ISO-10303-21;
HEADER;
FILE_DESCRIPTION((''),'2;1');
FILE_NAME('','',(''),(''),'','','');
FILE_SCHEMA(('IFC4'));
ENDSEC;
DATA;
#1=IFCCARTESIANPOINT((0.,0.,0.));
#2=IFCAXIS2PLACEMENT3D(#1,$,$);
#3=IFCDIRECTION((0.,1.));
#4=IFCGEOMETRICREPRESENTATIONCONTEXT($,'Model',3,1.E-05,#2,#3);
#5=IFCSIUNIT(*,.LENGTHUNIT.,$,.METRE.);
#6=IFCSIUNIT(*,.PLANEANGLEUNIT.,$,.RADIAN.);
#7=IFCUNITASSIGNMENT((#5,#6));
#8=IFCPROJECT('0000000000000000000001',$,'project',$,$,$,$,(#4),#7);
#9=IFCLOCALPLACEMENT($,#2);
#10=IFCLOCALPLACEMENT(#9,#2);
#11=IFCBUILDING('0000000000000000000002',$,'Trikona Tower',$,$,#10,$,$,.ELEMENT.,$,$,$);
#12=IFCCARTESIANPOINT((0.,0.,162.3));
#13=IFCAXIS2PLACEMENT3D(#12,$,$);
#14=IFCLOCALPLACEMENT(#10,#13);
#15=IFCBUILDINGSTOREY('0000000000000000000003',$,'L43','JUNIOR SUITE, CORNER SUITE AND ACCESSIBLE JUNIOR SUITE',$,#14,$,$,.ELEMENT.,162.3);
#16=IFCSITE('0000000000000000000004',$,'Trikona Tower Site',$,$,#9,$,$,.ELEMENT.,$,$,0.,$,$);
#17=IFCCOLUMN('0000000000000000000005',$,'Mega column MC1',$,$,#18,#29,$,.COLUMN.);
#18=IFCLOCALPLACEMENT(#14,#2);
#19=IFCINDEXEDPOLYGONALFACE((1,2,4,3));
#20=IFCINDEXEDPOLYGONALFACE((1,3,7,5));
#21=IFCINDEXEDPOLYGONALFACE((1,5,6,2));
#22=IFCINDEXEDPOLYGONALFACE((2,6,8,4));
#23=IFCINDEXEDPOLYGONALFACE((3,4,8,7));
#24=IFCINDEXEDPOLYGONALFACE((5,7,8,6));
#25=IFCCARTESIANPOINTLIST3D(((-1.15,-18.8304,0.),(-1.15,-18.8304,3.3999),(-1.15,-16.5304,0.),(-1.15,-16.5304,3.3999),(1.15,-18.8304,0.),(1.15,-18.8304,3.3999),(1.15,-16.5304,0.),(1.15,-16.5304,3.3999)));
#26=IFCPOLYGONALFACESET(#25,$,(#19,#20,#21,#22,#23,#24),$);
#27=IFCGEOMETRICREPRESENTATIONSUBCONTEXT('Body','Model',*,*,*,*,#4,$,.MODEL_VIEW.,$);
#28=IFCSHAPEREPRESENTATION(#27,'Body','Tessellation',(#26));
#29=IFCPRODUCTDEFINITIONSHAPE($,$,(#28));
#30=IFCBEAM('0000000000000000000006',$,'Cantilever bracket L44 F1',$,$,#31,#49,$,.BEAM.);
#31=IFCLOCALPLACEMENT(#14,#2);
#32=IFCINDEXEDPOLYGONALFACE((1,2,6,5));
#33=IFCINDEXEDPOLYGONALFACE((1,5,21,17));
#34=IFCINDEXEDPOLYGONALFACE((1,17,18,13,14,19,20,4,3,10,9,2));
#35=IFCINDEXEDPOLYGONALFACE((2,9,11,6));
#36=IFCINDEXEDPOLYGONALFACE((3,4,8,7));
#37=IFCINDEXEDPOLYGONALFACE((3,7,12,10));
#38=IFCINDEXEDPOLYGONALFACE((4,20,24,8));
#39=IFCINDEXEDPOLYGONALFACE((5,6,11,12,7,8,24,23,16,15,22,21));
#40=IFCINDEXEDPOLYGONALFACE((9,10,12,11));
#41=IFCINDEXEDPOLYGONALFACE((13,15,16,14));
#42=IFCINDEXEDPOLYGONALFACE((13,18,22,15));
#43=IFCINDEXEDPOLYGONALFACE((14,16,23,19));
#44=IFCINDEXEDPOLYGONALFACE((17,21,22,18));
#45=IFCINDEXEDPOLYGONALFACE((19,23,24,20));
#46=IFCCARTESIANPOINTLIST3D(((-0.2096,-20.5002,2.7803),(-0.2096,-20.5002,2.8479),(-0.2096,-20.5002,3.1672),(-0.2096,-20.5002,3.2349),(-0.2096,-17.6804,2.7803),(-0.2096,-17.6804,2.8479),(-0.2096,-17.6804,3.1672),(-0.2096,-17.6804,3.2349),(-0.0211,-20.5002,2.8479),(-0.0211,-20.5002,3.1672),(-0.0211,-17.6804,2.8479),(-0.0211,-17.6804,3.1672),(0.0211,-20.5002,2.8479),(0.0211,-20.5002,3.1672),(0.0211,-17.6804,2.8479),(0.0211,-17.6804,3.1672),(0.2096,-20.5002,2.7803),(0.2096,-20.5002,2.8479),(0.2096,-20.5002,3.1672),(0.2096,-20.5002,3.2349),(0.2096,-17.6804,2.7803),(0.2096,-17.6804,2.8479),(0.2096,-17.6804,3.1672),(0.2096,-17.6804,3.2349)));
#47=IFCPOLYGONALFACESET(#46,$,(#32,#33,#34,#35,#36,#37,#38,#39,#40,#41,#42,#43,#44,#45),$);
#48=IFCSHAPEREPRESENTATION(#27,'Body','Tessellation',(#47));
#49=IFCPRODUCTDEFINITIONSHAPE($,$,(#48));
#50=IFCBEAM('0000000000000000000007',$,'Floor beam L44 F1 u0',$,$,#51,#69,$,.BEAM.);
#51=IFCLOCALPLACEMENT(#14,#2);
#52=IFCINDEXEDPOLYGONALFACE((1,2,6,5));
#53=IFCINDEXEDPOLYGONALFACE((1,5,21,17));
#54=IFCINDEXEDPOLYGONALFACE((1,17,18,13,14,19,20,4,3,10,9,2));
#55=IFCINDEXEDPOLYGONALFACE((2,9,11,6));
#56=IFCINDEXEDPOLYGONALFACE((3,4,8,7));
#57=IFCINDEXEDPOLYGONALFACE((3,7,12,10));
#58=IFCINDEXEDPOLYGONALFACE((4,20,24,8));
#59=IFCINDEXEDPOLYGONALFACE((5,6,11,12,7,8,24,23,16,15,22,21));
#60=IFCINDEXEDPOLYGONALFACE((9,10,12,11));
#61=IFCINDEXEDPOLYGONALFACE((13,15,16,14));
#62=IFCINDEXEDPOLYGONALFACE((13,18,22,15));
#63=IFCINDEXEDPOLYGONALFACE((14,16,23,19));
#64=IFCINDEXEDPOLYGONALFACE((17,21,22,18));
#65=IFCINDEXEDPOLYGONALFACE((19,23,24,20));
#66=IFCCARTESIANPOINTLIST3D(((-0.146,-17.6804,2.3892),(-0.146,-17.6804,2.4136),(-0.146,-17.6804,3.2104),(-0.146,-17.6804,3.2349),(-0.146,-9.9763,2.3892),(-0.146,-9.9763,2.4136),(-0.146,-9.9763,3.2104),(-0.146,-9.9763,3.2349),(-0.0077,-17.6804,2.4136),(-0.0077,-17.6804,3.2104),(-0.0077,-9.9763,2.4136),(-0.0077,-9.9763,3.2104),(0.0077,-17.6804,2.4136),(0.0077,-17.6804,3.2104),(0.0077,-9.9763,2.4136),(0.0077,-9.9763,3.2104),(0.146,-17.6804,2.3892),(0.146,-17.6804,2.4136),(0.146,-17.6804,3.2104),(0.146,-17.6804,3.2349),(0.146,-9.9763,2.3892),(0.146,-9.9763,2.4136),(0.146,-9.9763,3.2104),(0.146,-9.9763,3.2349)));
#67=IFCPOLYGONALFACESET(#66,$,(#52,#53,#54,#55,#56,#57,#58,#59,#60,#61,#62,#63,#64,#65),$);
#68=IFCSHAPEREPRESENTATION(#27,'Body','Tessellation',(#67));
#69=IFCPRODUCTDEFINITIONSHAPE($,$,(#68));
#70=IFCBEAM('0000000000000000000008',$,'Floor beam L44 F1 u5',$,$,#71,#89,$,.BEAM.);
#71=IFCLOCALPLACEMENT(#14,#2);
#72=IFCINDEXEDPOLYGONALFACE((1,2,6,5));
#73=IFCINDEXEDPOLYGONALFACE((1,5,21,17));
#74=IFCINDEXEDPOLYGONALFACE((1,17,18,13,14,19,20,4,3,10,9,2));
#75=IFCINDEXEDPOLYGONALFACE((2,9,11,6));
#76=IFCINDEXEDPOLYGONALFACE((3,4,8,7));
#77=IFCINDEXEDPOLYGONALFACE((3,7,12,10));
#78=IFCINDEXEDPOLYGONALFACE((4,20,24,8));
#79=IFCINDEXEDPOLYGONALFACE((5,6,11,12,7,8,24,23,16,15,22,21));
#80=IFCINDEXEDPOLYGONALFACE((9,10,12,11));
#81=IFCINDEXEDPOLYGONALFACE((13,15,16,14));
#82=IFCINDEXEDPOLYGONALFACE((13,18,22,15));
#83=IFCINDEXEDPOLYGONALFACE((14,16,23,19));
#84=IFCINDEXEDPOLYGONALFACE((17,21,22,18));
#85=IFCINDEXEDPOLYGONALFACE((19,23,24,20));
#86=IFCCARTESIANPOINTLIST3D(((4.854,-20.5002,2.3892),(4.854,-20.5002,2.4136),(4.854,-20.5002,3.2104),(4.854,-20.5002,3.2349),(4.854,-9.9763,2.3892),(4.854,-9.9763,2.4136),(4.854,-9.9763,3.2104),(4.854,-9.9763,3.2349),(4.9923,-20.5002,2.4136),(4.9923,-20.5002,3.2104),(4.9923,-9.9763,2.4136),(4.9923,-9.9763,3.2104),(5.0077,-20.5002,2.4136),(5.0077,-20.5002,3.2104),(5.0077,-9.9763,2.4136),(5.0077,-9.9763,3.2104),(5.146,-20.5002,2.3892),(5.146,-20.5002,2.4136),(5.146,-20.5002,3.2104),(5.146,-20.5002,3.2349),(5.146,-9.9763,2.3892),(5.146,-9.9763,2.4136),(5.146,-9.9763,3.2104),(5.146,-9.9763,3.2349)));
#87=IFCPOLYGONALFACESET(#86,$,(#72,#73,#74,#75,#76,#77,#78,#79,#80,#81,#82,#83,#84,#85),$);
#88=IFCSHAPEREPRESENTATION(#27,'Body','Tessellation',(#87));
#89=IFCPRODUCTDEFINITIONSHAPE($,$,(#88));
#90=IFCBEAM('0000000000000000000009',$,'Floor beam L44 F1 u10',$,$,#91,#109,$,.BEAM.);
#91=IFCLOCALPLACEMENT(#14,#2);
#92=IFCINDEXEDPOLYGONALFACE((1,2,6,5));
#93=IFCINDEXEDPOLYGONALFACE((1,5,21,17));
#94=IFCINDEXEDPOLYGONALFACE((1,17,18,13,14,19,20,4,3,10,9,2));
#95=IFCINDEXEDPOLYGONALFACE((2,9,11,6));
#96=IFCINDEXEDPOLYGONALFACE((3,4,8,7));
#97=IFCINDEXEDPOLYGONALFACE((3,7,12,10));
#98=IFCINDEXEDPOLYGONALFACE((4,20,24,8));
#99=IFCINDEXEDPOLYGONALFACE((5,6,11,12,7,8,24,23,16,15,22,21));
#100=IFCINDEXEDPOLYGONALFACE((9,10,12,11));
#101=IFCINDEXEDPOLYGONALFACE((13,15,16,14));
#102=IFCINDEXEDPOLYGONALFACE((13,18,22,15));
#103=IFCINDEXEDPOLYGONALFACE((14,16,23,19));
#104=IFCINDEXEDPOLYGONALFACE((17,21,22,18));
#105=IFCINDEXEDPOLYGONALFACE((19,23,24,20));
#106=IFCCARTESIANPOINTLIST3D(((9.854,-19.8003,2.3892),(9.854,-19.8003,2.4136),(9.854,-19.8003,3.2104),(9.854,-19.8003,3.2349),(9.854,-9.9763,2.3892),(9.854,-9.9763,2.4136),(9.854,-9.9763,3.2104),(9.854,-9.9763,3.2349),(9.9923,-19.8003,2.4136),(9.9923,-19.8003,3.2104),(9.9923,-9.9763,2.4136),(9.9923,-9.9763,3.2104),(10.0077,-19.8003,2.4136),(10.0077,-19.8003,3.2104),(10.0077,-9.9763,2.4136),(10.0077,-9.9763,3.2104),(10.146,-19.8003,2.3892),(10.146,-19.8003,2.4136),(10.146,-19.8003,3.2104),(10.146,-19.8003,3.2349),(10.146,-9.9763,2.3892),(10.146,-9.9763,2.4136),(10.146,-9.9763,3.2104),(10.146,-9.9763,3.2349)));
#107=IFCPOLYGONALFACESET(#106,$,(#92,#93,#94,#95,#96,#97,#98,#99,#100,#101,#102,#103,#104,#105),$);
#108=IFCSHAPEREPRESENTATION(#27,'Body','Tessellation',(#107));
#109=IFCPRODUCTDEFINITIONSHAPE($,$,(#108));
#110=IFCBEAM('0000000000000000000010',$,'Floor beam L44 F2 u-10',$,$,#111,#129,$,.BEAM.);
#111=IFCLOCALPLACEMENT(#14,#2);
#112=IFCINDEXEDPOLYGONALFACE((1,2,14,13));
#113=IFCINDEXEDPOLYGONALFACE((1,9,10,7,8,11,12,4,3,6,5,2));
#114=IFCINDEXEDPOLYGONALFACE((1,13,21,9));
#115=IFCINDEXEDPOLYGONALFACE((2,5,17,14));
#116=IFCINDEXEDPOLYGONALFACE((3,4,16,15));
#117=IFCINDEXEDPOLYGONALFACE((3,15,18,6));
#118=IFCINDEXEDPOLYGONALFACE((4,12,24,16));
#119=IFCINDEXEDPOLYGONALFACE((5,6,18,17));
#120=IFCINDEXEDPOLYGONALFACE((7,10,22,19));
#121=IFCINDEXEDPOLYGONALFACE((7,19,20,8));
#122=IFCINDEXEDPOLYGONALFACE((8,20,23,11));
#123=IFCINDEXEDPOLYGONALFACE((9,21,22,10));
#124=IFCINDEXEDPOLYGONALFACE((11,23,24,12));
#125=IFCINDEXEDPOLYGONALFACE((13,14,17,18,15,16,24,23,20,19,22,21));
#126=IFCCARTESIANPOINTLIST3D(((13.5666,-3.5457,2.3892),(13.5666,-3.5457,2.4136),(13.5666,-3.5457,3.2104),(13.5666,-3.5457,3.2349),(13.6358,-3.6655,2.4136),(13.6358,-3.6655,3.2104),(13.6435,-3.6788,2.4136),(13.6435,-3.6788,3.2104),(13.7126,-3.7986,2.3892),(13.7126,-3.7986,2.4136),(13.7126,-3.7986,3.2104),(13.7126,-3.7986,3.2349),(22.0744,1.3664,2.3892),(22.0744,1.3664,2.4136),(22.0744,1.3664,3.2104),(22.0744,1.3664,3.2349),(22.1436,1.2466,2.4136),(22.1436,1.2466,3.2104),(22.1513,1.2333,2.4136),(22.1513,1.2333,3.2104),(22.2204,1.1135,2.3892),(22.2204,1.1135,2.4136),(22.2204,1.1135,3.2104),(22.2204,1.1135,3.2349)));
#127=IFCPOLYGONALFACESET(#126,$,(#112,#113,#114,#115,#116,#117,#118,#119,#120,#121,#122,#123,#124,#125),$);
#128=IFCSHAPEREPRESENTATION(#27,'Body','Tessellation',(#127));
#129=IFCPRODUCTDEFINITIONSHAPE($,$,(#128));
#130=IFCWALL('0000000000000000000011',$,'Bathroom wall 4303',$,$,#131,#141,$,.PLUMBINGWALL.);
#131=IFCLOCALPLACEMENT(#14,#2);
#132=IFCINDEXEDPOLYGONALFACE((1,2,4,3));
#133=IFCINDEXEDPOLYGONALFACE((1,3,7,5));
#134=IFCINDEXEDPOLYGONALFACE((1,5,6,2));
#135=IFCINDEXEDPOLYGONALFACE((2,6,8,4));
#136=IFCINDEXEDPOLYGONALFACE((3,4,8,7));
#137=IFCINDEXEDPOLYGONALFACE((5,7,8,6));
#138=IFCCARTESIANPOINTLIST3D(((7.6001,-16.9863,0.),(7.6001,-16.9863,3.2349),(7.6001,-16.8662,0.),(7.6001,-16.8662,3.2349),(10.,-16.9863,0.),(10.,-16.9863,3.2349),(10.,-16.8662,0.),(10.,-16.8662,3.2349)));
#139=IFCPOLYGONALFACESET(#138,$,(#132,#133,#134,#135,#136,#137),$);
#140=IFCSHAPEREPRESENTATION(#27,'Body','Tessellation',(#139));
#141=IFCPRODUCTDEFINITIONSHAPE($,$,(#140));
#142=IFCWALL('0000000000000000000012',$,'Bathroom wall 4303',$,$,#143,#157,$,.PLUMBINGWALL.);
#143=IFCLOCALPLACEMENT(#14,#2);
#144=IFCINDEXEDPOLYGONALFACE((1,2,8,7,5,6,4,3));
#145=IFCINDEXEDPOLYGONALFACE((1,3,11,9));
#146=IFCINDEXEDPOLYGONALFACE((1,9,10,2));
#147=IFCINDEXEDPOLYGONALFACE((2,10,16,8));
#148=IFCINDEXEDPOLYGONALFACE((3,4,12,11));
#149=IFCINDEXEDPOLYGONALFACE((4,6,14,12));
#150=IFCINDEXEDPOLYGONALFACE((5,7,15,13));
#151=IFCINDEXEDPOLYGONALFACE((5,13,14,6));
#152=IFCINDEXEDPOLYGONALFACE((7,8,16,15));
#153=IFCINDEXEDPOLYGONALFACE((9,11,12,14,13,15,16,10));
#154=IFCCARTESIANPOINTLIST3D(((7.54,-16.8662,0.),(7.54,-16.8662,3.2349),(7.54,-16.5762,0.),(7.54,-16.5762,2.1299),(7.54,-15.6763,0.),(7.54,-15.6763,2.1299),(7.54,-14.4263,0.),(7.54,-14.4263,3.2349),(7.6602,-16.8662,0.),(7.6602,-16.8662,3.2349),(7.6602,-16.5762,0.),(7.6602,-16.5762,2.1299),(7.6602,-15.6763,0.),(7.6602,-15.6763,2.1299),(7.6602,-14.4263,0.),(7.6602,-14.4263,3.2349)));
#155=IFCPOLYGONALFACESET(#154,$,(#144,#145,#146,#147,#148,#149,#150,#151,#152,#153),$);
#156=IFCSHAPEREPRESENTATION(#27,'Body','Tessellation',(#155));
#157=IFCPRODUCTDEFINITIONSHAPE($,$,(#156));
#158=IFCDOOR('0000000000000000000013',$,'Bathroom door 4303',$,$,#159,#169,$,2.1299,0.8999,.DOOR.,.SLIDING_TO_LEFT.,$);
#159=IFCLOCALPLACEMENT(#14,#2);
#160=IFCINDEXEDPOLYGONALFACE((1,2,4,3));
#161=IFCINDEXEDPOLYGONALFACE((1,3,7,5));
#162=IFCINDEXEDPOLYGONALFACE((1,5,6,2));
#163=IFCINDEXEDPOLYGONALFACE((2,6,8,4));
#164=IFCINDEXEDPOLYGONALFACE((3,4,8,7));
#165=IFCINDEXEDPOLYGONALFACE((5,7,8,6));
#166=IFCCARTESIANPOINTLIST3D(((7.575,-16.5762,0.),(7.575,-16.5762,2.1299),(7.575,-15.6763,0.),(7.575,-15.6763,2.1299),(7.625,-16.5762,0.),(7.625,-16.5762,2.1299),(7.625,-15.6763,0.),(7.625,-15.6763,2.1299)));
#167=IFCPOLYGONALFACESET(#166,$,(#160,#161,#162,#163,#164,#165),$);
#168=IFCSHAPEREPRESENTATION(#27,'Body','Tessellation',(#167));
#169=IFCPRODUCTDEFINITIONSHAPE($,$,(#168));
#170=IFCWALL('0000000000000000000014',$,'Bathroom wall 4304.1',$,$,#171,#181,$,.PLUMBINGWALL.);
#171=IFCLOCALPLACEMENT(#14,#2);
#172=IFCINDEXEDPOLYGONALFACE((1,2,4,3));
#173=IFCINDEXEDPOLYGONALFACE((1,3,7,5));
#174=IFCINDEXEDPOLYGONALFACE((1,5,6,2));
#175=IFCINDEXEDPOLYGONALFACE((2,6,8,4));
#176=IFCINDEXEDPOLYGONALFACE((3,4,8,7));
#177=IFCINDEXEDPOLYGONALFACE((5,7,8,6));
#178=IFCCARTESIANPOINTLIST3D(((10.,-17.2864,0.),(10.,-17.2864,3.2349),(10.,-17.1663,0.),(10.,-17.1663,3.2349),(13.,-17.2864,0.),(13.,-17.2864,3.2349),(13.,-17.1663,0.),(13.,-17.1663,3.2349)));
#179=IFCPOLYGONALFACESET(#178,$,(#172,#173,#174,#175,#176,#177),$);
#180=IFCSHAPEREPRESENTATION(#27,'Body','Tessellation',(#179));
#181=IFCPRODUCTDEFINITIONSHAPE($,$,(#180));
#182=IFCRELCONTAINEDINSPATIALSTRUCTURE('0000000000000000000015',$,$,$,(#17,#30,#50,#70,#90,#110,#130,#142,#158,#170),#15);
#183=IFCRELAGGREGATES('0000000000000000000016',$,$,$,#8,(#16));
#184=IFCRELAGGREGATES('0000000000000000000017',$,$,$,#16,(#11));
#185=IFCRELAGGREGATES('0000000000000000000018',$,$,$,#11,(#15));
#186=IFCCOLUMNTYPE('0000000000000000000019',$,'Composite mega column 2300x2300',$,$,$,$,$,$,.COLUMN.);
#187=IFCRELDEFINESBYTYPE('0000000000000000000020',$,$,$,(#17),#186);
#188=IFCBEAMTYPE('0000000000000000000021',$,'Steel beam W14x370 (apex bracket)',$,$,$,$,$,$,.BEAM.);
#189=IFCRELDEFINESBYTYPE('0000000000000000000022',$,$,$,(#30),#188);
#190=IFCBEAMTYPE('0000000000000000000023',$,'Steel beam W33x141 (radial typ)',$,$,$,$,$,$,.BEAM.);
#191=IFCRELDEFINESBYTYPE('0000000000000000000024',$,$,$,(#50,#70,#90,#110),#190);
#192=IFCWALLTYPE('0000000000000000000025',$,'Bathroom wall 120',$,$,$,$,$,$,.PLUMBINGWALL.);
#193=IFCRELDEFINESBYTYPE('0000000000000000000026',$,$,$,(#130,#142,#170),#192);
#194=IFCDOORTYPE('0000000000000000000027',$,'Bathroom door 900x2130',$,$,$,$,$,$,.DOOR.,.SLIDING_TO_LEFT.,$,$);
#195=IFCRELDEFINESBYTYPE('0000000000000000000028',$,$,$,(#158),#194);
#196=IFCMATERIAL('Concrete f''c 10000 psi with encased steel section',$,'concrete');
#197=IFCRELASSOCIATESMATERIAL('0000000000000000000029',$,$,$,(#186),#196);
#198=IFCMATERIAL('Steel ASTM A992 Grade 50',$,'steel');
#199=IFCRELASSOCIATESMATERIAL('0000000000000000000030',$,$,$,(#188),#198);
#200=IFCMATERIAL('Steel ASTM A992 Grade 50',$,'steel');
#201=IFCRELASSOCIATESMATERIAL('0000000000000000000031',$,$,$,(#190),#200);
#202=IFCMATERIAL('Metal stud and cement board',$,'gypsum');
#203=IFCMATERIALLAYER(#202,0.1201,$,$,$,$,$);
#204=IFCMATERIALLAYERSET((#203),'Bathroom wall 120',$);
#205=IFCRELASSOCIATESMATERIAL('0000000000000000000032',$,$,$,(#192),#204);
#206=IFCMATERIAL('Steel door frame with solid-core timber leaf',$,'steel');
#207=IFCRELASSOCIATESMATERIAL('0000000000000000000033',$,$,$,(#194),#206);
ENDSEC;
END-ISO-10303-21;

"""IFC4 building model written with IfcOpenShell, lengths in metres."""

from ifc_helpers import new_model, si_unit, direction, frame, frame_2d, origin, origin_2d, place, context, subcontext, project, spatial, rectangle, i_section, extrude, material, layer, layer_set, material_profile, profile_set, type_object, element, fill, save


model = new_model("IFC4")

# Units and contexts
model_context = context("Model", 3, precision=1e-05, world=origin(), true_north=direction((0.0, 1.0)))
body_context = subcontext(model_context, "Body", "Model", "MODEL_VIEW")
ifc_project = project(units=[si_unit("LENGTHUNIT", "METRE"), si_unit("PLANEANGLEUNIT", "RADIAN")], contexts=[model_context])

# Site, building, storey
site_placement = place(None, origin())
site = spatial("IfcSite", under=ifc_project, at=site_placement, Name="Trikona Tower Site", CompositionType="ELEMENT", RefElevation=0.0)
building_placement = place(site_placement, origin())
building = spatial("IfcBuilding", under=site, at=building_placement, Name="Trikona Tower", CompositionType="ELEMENT")
storey_placement = place(building_placement, frame((0.0, 0.0, 162.3)))
storey = spatial("IfcBuildingStorey", under=building, at=storey_placement, Name="L43", Description="JUNIOR SUITE, CORNER SUITE AND ACCESSIBLE JUNIOR SUITE", CompositionType="ELEMENT", Elevation=162.3)

# Column
ifc_material_1 = material(Name="Concrete f'c 10000 psi with encased steel section", Category="concrete")
ifc_material_profile_1 = material_profile(ifc_material_1, rectangle(XDim=2.3, YDim=2.3, at=origin_2d()), Name="MC2300")
ifc_profile_set_1 = profile_set([ifc_material_profile_1], Name="Concrete f'c 10000 psi with encased steel section")
column_type = type_object("IfcColumnType", Name="Composite mega column 2300x2300", PredefinedType="COLUMN", material=ifc_profile_set_1)
column_placement = place(storey_placement, frame((0.0, -17.6804, 0.0), z_axis=(0.0, 0.0, 1.0), x_axis=(0.0, -1.0, 0.0)))
element("IfcColumn", 1, at=column_placement, inside=storey, type_object=column_type, Name="Mega column MC1", PredefinedType="COLUMN", context=body_context, shape_type="SweptSolid", body=[
    extrude(rectangle(XDim=2.3, YDim=2.3, at=origin_2d()), origin(), (0.0, 0.0, 1.0), 3.3999),
])

# Beams
ifc_material_2 = material(Name="Steel ASTM A992 Grade 50", Category="steel")
ifc_material_profile_2 = material_profile(ifc_material_2, i_section(OverallWidth=0.4192, OverallDepth=0.4546, WebThickness=0.0422, FlangeThickness=0.0676, at=origin_2d()), Name="W14X370")
ifc_profile_set_2 = profile_set([ifc_material_profile_2], Name="Steel ASTM A992 Grade 50")
beam_type_1 = type_object("IfcBeamType", Name="Steel beam W14x370 (apex bracket)", PredefinedType="BEAM", material=ifc_profile_set_2)
beam_1_placement = place(storey_placement, frame((0.0, -17.6804, 3.0076), z_axis=(0.0, -1.0, 0.0), x_axis=(1.0, 0.0, 0.0)))
element("IfcBeam", 2, at=beam_1_placement, inside=storey, type_object=beam_type_1, Name="Cantilever bracket L44 F1", PredefinedType="BEAM", context=body_context, shape_type="SweptSolid", body=[
    extrude(i_section(OverallWidth=0.4192, OverallDepth=0.4546, WebThickness=0.0422, FlangeThickness=0.0676, at=origin_2d()), origin(), (0.0, 0.0, 1.0), 2.8198),
])
ifc_material_3 = material(Name="Steel ASTM A992 Grade 50", Category="steel")
ifc_material_profile_3 = material_profile(ifc_material_3, i_section(OverallWidth=0.292, OverallDepth=0.8457, WebThickness=0.0154, FlangeThickness=0.0244, at=origin_2d()), Name="W33X141")
ifc_profile_set_3 = profile_set([ifc_material_profile_3], Name="Steel ASTM A992 Grade 50")
beam_type_2 = type_object("IfcBeamType", Name="Steel beam W33x141 (radial typ)", PredefinedType="BEAM", material=ifc_profile_set_3)
beam_2_placement = place(storey_placement, frame((0.0, -9.9763, 2.812), z_axis=(0.0, -1.0, 0.0), x_axis=(1.0, 0.0, 0.0)))
element("IfcBeam", 3, at=beam_2_placement, inside=storey, type_object=beam_type_2, Name="Floor beam L44 F1 u0", PredefinedType="BEAM", context=body_context, shape_type="SweptSolid", body=[
    extrude(i_section(OverallWidth=0.292, OverallDepth=0.8457, WebThickness=0.0154, FlangeThickness=0.0244, at=origin_2d()), origin(), (0.0, 0.0, 1.0), 7.7041),
])
beam_3_placement = place(storey_placement, frame((5.0, -9.9763, 2.812), z_axis=(0.0, -1.0, 0.0), x_axis=(1.0, 0.0, 0.0)))
element("IfcBeam", 4, at=beam_3_placement, inside=storey, type_object=beam_type_2, Name="Floor beam L44 F1 u5", PredefinedType="BEAM", context=body_context, shape_type="SweptSolid", body=[
    extrude(i_section(OverallWidth=0.292, OverallDepth=0.8457, WebThickness=0.0154, FlangeThickness=0.0244, at=origin_2d()), origin(), (0.0, 0.0, 1.0), 10.5239),
])
for number, where, z_axis, x_axis, name in (
    (5, (10.0, -9.9763, 2.812), (0.0, -1.0, 0.0), (1.0, 0.0, 0.0), "Floor beam L44 F1 u10"),
    (6, (13.6396, -3.6721, 2.812), (0.86602, 0.500009, 0.0), (-0.500009, 0.86602, 0.0), "Floor beam L44 F2 u-10"),
):
    element("IfcBeam", number, at=place(storey_placement, frame(where, z_axis=z_axis, x_axis=x_axis)), inside=storey, type_object=beam_type_2, Name=name, PredefinedType="BEAM", context=body_context, shape_type="SweptSolid", body=[
        extrude(i_section(OverallWidth=0.292, OverallDepth=0.8457, WebThickness=0.0154, FlangeThickness=0.0244, at=origin_2d()), origin(), (0.0, 0.0, 1.0), 9.824),
    ])

# Wall
ifc_material_4 = material(Name="Metal stud and cement board", Category="gypsum")
ifc_layer_1 = layer(ifc_material_4, 0.1201)
ifc_layer_set_1 = layer_set([ifc_layer_1], Name="Bathroom wall 120")
wall_type_1 = type_object("IfcWallType", Name="Bathroom wall 120", PredefinedType="PLUMBINGWALL", material=ifc_layer_set_1)
wall_1_placement = place(storey_placement, frame((7.6001, -16.9263, 0.0), z_axis=(0.0, 0.0, 1.0), x_axis=(1.0, 0.0, 0.0)))
element("IfcWall", 7, at=wall_1_placement, inside=storey, type_object=wall_type_1, Name="Bathroom wall 4303", PredefinedType="PLUMBINGWALL", context=body_context, shape_type="SweptSolid", body=[
    extrude(rectangle(XDim=2.3999, YDim=0.1201, at=frame_2d((1.2, 0.0))), origin(), (0.0, 0.0, 1.0), 3.2349),
])

# Wall, opening, door
wall_2_placement = place(storey_placement, frame((7.6001, -14.4263, 0.0), z_axis=(0.0, 0.0, 1.0), x_axis=(0.0, -1.0, 0.0)))
wall_2 = element("IfcWall", 8, at=wall_2_placement, inside=storey, type_object=wall_type_1, Name="Bathroom wall 4303", PredefinedType="PLUMBINGWALL", context=body_context, shape_type="SweptSolid", body=[
    extrude(rectangle(XDim=2.4399, YDim=0.1201, at=frame_2d((1.22, 0.0))), origin(), (0.0, 0.0, 1.0), 3.2349),
])
opening_1_placement = place(wall_2_placement, frame((1.25, 0.0, 0.0)))
opening_1 = element("IfcOpeningElement", 9, at=opening_1_placement, cuts=wall_2, PredefinedType="OPENING", context=body_context, shape_type="SweptSolid", body=[
    extrude(rectangle(XDim=0.8999, YDim=2.1299, at=frame_2d((0.45, 1.0649))), frame((0.0, 0.0701, 0.0), z_axis=(0.0, -1.0, 0.0), x_axis=(1.0, 0.0, 0.0)), (0.0, 0.0, 1.0), 0.1401),
])
ifc_material_5 = material(Name="Steel door frame with solid-core timber leaf", Category="steel")
door_type_1 = type_object("IfcDoorType", Name="Bathroom door 900x2130", OperationType="SLIDING_TO_LEFT", PredefinedType="DOOR", material=ifc_material_5)
door_1_placement = place(opening_1_placement, origin())
door_1 = element("IfcDoor", 10, at=door_1_placement, inside=storey, type_object=door_type_1, Name="Bathroom door 4303", OperationType="SLIDING_TO_LEFT", OverallHeight=2.1299, OverallWidth=0.8999, PredefinedType="DOOR", context=body_context, shape_type="SweptSolid", body=[
    extrude(rectangle(XDim=0.8999, YDim=2.1299, at=frame_2d((0.45, 1.0649))), frame((0.0, 0.0249, 0.0), z_axis=(0.0, -1.0, 0.0), x_axis=(1.0, 0.0, 0.0)), (0.0, 0.0, 1.0), 0.05),
])
fill(opening_1, door_1)

# Wall
wall_3_placement = place(storey_placement, frame((10.0, -17.2263, 0.0), z_axis=(0.0, 0.0, 1.0), x_axis=(1.0, 0.0, 0.0)))
element("IfcWall", 11, at=wall_3_placement, inside=storey, type_object=wall_type_1, Name="Bathroom wall 4304.1", PredefinedType="PLUMBINGWALL", context=body_context, shape_type="SweptSolid", body=[
    extrude(rectangle(XDim=3.0, YDim=0.1201, at=frame_2d((1.5, 0.0))), origin(), (0.0, 0.0, 1.0), 3.2349),
])

save(model, "model.ifc")
